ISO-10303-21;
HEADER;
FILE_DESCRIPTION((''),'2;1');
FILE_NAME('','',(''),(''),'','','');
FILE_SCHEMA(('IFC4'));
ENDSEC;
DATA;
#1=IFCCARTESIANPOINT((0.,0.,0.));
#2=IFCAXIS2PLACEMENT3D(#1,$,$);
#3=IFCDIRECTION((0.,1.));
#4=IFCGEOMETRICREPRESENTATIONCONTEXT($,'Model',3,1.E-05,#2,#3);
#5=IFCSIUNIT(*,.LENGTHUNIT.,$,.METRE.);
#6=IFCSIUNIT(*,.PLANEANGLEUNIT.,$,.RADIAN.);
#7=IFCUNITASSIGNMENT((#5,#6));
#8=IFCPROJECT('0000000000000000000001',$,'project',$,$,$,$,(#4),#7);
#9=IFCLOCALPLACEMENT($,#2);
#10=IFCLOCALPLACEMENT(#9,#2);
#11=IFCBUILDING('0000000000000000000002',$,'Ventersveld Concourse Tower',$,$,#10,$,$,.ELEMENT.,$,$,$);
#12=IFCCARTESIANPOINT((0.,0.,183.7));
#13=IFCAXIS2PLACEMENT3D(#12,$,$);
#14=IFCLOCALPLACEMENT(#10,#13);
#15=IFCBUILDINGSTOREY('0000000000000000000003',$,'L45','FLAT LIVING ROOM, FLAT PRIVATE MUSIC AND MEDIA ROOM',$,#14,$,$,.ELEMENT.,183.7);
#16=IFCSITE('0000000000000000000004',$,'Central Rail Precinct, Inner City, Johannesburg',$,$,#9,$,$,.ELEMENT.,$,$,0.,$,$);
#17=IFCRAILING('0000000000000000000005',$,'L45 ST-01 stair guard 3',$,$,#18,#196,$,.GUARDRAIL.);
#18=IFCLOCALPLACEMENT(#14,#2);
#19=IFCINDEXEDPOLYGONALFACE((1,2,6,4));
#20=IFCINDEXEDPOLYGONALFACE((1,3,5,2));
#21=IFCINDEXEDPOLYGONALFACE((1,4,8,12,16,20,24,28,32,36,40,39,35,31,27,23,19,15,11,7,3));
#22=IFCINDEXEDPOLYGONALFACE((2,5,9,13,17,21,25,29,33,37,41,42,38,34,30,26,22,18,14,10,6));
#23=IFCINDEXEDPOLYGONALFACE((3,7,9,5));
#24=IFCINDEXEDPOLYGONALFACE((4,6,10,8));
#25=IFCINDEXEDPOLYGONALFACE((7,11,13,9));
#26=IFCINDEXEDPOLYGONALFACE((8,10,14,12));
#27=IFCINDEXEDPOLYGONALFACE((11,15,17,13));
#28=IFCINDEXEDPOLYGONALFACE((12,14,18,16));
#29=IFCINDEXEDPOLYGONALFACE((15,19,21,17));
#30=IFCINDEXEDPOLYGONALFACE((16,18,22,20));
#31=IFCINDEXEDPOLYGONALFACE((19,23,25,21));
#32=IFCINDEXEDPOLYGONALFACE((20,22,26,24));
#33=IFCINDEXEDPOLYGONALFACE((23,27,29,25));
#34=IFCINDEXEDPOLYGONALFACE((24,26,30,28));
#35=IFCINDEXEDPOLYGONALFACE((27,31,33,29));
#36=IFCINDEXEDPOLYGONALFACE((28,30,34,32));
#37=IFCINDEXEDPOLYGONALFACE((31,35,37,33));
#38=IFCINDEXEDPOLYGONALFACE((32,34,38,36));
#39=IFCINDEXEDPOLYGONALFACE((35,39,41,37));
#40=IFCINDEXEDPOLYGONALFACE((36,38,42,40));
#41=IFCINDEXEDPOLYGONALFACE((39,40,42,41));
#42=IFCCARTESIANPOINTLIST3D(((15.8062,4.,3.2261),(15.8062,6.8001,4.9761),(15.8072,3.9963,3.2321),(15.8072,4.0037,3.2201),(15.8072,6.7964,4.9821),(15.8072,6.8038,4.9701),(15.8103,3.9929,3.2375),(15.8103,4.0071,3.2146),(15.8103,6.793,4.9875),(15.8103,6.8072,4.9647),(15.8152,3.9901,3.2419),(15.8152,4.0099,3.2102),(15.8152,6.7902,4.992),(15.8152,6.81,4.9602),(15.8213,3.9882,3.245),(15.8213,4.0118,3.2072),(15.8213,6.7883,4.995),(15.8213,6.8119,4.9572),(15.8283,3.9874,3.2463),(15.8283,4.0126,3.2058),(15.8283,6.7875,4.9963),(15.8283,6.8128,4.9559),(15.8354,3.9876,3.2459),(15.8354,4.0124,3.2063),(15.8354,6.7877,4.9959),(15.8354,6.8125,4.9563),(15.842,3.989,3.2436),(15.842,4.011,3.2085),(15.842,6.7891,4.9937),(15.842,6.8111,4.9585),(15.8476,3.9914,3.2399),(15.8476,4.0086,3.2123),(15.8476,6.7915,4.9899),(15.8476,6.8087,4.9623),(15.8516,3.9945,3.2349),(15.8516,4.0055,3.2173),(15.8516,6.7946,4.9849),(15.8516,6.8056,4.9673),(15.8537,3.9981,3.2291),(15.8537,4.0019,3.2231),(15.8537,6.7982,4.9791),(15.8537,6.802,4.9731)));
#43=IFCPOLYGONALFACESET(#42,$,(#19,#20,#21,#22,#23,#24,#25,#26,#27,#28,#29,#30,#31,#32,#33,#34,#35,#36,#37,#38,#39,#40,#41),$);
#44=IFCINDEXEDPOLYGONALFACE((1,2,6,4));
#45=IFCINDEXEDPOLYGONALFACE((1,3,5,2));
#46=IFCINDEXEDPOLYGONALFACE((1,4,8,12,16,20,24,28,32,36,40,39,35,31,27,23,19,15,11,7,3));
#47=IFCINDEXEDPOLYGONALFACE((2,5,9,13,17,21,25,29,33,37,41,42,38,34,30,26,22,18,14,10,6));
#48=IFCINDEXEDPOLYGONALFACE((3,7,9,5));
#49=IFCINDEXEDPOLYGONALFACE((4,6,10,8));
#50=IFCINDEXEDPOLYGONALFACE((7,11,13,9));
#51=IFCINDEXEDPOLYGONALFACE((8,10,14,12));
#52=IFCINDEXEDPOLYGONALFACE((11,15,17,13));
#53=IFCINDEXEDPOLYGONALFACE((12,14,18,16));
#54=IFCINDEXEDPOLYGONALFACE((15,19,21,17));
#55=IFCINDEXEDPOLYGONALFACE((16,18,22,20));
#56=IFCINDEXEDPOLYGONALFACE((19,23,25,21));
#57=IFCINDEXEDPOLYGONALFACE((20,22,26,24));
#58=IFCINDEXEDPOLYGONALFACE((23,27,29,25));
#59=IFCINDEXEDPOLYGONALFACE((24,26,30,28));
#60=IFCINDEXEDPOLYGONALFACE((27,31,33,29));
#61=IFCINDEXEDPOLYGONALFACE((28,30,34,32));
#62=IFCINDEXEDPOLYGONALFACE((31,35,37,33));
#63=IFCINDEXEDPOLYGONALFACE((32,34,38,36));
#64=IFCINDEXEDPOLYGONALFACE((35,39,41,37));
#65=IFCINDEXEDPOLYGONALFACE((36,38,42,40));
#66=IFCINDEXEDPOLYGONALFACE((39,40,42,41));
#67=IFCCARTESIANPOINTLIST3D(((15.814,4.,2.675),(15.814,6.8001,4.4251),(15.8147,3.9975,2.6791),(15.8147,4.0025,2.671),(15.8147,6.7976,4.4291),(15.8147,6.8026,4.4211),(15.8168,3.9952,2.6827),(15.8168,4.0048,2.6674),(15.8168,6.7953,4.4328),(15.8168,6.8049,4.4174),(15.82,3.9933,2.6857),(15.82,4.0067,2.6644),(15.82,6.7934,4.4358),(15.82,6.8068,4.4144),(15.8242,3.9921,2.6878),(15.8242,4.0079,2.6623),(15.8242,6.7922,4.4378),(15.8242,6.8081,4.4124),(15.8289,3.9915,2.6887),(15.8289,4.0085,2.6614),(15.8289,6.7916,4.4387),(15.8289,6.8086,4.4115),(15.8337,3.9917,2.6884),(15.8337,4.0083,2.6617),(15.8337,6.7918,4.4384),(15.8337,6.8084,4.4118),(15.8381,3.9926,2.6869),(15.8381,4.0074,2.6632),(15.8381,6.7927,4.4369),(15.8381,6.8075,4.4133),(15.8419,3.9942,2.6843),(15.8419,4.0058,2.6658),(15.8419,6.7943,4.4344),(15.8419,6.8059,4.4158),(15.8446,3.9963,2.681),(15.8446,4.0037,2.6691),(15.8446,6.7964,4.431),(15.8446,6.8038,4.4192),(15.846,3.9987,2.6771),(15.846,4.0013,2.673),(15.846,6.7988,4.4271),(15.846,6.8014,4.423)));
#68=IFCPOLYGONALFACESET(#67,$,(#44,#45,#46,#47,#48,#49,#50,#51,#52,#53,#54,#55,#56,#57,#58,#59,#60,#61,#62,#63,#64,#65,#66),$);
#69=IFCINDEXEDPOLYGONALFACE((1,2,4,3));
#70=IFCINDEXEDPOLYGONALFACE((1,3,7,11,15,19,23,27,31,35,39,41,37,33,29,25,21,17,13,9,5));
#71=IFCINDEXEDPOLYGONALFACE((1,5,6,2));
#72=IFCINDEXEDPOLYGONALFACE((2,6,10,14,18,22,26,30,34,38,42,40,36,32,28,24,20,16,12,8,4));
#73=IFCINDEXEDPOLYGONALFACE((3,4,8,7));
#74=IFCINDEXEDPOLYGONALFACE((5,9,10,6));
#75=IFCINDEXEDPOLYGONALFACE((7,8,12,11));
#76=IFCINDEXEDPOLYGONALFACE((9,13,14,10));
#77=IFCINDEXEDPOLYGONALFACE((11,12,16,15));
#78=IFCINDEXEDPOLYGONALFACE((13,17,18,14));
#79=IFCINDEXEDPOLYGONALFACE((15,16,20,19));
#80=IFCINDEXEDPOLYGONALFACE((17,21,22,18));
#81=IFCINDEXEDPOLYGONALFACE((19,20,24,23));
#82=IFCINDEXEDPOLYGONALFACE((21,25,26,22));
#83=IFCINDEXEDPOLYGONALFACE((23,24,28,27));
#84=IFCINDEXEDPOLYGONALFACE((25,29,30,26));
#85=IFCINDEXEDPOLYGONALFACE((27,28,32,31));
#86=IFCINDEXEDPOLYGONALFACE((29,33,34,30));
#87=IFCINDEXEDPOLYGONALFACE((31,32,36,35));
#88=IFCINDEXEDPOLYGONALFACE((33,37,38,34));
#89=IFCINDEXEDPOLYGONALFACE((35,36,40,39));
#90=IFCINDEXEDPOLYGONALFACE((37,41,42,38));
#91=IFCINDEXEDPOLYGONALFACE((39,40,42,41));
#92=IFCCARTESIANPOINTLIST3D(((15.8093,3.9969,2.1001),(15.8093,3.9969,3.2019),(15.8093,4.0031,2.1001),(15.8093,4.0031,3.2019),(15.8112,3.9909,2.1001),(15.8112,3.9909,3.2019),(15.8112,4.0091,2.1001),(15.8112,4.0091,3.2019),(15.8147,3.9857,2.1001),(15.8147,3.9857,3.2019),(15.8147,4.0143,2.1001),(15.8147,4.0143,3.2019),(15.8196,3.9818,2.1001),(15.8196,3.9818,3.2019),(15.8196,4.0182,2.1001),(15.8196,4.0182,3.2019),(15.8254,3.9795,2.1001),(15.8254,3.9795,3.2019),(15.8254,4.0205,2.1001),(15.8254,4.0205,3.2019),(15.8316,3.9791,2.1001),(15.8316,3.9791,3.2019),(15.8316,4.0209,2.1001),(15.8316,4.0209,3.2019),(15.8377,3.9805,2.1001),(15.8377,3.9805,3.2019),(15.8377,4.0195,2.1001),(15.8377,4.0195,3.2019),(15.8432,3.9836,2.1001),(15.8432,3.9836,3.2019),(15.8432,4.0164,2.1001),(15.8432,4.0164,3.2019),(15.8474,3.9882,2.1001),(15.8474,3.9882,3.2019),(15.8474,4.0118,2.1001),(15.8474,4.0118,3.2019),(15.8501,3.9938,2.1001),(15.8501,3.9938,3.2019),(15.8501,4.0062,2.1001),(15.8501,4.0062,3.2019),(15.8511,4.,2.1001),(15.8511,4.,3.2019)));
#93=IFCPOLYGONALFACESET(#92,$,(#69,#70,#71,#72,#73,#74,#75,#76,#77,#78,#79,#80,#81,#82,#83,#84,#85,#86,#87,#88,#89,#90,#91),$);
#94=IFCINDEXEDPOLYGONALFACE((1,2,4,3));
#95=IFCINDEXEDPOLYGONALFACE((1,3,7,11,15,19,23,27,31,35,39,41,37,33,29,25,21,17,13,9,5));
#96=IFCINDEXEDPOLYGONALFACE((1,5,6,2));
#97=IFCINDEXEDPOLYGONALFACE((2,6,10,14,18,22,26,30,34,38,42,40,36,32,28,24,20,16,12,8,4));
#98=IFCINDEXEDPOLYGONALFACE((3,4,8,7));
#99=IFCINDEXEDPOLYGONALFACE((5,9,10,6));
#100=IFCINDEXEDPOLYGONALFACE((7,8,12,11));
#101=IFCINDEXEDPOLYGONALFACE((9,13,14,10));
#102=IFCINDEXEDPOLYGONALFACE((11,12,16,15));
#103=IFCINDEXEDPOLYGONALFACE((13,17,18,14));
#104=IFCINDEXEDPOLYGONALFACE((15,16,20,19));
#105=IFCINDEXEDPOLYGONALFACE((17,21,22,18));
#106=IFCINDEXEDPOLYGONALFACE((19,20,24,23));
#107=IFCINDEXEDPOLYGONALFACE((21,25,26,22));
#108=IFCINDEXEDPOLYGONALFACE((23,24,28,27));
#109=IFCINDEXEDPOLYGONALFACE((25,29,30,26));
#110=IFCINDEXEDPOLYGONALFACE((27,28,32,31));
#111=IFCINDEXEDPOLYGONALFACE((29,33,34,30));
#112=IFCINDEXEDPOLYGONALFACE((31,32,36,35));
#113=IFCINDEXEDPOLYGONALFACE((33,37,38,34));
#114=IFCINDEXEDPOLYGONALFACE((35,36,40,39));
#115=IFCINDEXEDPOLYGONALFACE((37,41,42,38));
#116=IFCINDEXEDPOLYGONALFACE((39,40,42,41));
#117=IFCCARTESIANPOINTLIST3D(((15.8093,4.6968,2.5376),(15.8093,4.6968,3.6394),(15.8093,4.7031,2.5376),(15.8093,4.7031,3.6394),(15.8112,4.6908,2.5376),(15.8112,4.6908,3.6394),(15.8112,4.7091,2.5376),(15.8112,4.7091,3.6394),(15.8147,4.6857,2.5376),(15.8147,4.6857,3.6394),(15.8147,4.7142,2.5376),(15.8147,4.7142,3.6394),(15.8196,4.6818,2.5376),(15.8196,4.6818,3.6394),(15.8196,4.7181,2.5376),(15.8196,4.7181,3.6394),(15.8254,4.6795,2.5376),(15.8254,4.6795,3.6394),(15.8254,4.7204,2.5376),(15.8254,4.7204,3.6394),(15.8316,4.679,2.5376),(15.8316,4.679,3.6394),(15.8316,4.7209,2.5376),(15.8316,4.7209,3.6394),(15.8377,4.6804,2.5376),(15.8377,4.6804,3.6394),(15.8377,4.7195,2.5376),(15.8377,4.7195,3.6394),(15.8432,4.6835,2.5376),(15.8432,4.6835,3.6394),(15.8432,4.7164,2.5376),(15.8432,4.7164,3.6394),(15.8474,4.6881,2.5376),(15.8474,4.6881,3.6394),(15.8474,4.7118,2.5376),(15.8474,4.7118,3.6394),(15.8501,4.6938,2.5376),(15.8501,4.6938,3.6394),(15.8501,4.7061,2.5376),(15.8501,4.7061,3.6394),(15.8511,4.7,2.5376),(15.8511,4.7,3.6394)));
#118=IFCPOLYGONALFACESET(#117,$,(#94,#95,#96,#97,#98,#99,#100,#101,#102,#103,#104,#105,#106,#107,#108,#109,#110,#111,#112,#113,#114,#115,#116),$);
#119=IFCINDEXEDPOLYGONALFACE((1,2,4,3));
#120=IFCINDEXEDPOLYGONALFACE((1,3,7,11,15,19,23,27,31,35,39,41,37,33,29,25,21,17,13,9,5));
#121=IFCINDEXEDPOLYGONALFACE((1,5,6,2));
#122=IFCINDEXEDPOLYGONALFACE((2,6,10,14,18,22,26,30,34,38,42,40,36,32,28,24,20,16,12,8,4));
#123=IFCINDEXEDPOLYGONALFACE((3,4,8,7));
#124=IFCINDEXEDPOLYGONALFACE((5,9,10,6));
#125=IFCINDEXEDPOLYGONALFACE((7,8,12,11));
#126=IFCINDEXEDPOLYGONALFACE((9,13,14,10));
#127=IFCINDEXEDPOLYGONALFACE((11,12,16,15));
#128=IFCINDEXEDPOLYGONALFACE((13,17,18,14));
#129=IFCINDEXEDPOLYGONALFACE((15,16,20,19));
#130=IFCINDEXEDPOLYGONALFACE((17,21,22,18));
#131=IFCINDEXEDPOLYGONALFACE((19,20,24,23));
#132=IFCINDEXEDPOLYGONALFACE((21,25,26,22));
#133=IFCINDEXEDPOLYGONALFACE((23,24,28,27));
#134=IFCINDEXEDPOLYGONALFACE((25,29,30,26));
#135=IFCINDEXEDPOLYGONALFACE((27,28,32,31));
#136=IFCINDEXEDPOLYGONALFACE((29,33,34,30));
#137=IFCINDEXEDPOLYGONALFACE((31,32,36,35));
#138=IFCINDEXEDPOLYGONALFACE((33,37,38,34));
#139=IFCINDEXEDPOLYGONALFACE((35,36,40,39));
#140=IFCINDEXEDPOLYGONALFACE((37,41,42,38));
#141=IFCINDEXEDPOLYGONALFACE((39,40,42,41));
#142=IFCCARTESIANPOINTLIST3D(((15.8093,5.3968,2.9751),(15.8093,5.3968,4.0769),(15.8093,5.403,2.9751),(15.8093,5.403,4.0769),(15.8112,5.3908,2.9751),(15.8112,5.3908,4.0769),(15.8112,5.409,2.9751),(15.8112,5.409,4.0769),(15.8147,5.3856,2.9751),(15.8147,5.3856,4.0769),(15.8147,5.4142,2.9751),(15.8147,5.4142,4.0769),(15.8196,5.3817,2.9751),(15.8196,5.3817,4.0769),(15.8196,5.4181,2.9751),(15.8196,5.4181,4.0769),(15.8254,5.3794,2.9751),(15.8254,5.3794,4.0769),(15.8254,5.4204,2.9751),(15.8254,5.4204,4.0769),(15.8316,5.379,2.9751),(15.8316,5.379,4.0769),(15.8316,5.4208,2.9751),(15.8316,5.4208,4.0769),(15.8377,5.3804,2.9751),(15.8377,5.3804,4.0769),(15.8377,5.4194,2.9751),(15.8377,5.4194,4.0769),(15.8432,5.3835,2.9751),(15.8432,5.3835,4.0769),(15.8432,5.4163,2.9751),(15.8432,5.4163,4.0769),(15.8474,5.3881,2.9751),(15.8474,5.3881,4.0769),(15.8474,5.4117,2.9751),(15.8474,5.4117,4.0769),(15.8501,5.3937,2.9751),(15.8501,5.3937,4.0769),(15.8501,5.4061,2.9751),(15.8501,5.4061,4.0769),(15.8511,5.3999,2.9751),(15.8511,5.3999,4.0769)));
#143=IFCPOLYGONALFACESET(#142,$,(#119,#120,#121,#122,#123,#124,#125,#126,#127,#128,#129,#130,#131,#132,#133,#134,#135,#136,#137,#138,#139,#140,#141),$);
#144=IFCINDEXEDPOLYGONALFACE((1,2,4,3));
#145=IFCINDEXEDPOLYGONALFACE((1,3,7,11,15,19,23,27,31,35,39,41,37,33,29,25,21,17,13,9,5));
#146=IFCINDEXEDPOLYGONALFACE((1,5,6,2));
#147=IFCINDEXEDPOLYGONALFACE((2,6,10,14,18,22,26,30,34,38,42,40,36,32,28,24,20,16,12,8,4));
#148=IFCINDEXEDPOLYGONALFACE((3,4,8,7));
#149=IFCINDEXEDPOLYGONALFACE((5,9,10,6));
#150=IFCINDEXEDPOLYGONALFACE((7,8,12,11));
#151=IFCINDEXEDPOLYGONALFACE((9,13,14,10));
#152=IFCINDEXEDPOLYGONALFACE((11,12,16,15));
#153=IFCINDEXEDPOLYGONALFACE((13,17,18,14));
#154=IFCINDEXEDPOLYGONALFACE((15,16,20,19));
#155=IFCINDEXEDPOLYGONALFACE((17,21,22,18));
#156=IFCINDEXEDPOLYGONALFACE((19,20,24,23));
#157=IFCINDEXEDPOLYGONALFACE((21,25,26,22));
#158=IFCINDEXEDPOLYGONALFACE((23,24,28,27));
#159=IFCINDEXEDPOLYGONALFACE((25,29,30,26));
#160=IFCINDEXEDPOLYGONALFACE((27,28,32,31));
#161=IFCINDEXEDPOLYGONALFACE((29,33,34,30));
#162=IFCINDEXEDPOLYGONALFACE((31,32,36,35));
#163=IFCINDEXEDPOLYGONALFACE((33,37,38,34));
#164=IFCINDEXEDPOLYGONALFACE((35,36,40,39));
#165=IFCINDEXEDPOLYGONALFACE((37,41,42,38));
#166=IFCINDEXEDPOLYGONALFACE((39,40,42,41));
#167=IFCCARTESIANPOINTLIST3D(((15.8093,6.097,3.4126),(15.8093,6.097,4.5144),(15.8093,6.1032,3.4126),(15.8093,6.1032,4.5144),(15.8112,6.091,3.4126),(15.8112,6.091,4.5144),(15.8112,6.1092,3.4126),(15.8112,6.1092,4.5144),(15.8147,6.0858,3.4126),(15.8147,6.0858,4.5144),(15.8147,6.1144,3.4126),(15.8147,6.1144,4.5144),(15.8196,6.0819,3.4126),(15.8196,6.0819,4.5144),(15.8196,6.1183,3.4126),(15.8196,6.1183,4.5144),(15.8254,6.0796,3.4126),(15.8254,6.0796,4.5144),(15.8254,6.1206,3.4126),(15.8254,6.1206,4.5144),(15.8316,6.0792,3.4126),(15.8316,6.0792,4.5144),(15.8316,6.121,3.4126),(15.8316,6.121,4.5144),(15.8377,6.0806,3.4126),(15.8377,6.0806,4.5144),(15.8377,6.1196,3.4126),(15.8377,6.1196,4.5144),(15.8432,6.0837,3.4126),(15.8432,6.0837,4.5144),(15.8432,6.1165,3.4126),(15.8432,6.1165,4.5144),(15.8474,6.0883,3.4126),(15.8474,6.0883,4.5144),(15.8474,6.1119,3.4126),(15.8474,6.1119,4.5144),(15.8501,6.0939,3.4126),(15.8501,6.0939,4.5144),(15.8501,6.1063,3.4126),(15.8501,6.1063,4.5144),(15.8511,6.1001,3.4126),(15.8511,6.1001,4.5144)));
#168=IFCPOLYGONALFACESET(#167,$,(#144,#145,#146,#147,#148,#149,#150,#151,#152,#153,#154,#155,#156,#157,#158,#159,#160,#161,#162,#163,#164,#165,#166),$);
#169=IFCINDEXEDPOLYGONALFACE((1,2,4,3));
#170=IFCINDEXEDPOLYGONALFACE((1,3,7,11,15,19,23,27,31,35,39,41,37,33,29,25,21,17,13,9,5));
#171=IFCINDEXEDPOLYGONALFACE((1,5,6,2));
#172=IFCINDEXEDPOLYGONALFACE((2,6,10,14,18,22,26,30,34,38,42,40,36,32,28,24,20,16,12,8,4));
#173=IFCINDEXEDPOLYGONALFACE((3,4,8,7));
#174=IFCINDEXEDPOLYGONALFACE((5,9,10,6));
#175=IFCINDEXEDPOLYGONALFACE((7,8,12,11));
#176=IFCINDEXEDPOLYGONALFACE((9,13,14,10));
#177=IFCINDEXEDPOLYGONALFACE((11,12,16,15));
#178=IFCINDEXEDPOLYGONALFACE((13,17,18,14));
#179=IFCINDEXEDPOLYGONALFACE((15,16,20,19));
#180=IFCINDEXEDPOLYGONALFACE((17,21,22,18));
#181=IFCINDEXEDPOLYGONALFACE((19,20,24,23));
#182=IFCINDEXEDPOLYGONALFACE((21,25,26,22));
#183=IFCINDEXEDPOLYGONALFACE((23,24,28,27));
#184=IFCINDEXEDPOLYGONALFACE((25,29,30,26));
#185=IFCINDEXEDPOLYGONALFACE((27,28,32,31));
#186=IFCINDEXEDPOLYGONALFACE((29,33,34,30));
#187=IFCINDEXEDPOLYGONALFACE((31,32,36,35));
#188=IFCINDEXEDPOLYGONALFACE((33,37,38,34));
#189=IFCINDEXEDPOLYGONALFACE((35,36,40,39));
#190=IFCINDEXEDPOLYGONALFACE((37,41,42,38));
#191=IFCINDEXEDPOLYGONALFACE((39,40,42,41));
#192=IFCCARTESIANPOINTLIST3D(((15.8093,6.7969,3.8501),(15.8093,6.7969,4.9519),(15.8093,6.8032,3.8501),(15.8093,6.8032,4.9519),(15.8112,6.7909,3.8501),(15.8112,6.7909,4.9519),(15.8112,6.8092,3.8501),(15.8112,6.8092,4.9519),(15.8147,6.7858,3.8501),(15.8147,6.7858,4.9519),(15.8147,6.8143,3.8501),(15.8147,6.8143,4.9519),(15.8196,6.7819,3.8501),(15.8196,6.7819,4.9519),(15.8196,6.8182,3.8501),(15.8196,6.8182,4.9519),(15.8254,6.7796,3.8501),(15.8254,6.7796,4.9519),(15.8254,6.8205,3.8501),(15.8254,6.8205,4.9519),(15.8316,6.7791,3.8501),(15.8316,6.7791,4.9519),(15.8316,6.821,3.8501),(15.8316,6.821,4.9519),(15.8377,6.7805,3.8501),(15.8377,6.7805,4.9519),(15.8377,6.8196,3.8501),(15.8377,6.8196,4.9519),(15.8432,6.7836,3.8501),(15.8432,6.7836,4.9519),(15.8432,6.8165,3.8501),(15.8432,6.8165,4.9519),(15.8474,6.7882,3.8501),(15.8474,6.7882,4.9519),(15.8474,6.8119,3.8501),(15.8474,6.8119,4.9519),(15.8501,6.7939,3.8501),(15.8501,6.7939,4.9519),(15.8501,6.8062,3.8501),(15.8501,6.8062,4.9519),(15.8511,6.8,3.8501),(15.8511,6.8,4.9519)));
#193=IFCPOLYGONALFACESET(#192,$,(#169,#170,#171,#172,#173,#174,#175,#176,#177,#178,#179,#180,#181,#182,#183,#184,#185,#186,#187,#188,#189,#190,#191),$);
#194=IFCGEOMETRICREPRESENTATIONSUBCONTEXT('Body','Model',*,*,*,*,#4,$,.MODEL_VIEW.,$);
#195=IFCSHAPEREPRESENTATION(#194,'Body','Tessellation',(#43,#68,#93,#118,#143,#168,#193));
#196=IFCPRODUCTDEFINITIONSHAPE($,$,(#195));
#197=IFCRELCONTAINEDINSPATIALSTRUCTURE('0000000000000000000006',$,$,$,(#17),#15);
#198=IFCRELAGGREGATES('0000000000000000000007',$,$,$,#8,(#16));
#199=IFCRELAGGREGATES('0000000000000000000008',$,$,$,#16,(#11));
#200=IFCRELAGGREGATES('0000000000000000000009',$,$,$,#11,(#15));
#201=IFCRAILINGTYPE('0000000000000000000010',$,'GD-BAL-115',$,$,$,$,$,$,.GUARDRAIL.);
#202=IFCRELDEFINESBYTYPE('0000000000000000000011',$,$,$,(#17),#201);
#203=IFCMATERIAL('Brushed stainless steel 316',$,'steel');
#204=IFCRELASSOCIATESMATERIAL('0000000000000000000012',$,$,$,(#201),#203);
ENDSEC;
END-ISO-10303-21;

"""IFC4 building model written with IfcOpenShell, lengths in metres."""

from ifc_helpers import new_model, si_unit, direction, frame, origin, origin_2d, place, context, subcontext, project, spatial, circle, extrude, material, type_object, element, save


model = new_model("IFC4")

# Units and contexts
model_context = context("Model", 3, precision=1e-05, world=origin(), true_north=direction((0.0, 1.0)))
body_context = subcontext(model_context, "Body", "Model", "MODEL_VIEW")
ifc_project = project(units=[si_unit("LENGTHUNIT", "METRE"), si_unit("PLANEANGLEUNIT", "RADIAN")], contexts=[model_context])

# Site, building, storey
site_placement = place(None, origin())
site = spatial("IfcSite", under=ifc_project, at=site_placement, Name="Central Rail Precinct, Inner City, Johannesburg", CompositionType="ELEMENT", RefElevation=0.0)
building_placement = place(site_placement, origin())
building = spatial("IfcBuilding", under=site, at=building_placement, Name="Ventersveld Concourse Tower", CompositionType="ELEMENT")
storey_placement = place(building_placement, frame((0.0, 0.0, 183.7)))
storey = spatial("IfcBuildingStorey", under=building, at=storey_placement, Name="L45", Description="FLAT LIVING ROOM, FLAT PRIVATE MUSIC AND MEDIA ROOM", CompositionType="ELEMENT", Elevation=183.7)

# Railing
ifc_material_1 = material(Name="Brushed stainless steel 316", Category="steel")
railing_type_1 = type_object("IfcRailingType", Name="GD-BAL-115", PredefinedType="GUARDRAIL", material=ifc_material_1)
railing_1_placement = place(storey_placement, frame((15.8301, 4.0, 2.1001)))
element("IfcRailing", 1, at=railing_1_placement, inside=storey, type_object=railing_type_1, Name="L45 ST-01 stair guard 3", PredefinedType="GUARDRAIL", context=body_context, shape_type="SweptSolid", body=[
    extrude(circle(Radius=0.0239, at=origin_2d()), frame((0.0, 0.0, 1.126), z_axis=(0.0, 0.848002, 0.529992), x_axis=(-1.0, 0.0, 0.0)), (0.0, 0.0, 1.0), 3.302),
    extrude(circle(Radius=0.0161, at=origin_2d()), frame((0.0, 0.0, 0.575), z_axis=(0.0, 0.848002, 0.529992), x_axis=(-1.0, 0.0, 0.0)), (0.0, 0.0, 1.0), 3.302),
    extrude(circle(Radius=0.021, at=origin_2d()), origin(), (0.0, 0.0, 1.0), 1.1018),
    extrude(circle(Radius=0.021, at=origin_2d()), frame((0.0, 0.7, 0.4375)), (0.0, 0.0, 1.0), 1.1018),
    extrude(circle(Radius=0.021, at=origin_2d()), frame((0.0, 1.3999, 0.875)), (0.0, 0.0, 1.0), 1.1018),
    extrude(circle(Radius=0.021, at=origin_2d()), frame((0.0, 2.1001, 1.3125)), (0.0, 0.0, 1.0), 1.1018),
    extrude(circle(Radius=0.021, at=origin_2d()), frame((0.0, 2.8, 1.75)), (0.0, 0.0, 1.0), 1.1018),
])

save(model, "model.ifc")
